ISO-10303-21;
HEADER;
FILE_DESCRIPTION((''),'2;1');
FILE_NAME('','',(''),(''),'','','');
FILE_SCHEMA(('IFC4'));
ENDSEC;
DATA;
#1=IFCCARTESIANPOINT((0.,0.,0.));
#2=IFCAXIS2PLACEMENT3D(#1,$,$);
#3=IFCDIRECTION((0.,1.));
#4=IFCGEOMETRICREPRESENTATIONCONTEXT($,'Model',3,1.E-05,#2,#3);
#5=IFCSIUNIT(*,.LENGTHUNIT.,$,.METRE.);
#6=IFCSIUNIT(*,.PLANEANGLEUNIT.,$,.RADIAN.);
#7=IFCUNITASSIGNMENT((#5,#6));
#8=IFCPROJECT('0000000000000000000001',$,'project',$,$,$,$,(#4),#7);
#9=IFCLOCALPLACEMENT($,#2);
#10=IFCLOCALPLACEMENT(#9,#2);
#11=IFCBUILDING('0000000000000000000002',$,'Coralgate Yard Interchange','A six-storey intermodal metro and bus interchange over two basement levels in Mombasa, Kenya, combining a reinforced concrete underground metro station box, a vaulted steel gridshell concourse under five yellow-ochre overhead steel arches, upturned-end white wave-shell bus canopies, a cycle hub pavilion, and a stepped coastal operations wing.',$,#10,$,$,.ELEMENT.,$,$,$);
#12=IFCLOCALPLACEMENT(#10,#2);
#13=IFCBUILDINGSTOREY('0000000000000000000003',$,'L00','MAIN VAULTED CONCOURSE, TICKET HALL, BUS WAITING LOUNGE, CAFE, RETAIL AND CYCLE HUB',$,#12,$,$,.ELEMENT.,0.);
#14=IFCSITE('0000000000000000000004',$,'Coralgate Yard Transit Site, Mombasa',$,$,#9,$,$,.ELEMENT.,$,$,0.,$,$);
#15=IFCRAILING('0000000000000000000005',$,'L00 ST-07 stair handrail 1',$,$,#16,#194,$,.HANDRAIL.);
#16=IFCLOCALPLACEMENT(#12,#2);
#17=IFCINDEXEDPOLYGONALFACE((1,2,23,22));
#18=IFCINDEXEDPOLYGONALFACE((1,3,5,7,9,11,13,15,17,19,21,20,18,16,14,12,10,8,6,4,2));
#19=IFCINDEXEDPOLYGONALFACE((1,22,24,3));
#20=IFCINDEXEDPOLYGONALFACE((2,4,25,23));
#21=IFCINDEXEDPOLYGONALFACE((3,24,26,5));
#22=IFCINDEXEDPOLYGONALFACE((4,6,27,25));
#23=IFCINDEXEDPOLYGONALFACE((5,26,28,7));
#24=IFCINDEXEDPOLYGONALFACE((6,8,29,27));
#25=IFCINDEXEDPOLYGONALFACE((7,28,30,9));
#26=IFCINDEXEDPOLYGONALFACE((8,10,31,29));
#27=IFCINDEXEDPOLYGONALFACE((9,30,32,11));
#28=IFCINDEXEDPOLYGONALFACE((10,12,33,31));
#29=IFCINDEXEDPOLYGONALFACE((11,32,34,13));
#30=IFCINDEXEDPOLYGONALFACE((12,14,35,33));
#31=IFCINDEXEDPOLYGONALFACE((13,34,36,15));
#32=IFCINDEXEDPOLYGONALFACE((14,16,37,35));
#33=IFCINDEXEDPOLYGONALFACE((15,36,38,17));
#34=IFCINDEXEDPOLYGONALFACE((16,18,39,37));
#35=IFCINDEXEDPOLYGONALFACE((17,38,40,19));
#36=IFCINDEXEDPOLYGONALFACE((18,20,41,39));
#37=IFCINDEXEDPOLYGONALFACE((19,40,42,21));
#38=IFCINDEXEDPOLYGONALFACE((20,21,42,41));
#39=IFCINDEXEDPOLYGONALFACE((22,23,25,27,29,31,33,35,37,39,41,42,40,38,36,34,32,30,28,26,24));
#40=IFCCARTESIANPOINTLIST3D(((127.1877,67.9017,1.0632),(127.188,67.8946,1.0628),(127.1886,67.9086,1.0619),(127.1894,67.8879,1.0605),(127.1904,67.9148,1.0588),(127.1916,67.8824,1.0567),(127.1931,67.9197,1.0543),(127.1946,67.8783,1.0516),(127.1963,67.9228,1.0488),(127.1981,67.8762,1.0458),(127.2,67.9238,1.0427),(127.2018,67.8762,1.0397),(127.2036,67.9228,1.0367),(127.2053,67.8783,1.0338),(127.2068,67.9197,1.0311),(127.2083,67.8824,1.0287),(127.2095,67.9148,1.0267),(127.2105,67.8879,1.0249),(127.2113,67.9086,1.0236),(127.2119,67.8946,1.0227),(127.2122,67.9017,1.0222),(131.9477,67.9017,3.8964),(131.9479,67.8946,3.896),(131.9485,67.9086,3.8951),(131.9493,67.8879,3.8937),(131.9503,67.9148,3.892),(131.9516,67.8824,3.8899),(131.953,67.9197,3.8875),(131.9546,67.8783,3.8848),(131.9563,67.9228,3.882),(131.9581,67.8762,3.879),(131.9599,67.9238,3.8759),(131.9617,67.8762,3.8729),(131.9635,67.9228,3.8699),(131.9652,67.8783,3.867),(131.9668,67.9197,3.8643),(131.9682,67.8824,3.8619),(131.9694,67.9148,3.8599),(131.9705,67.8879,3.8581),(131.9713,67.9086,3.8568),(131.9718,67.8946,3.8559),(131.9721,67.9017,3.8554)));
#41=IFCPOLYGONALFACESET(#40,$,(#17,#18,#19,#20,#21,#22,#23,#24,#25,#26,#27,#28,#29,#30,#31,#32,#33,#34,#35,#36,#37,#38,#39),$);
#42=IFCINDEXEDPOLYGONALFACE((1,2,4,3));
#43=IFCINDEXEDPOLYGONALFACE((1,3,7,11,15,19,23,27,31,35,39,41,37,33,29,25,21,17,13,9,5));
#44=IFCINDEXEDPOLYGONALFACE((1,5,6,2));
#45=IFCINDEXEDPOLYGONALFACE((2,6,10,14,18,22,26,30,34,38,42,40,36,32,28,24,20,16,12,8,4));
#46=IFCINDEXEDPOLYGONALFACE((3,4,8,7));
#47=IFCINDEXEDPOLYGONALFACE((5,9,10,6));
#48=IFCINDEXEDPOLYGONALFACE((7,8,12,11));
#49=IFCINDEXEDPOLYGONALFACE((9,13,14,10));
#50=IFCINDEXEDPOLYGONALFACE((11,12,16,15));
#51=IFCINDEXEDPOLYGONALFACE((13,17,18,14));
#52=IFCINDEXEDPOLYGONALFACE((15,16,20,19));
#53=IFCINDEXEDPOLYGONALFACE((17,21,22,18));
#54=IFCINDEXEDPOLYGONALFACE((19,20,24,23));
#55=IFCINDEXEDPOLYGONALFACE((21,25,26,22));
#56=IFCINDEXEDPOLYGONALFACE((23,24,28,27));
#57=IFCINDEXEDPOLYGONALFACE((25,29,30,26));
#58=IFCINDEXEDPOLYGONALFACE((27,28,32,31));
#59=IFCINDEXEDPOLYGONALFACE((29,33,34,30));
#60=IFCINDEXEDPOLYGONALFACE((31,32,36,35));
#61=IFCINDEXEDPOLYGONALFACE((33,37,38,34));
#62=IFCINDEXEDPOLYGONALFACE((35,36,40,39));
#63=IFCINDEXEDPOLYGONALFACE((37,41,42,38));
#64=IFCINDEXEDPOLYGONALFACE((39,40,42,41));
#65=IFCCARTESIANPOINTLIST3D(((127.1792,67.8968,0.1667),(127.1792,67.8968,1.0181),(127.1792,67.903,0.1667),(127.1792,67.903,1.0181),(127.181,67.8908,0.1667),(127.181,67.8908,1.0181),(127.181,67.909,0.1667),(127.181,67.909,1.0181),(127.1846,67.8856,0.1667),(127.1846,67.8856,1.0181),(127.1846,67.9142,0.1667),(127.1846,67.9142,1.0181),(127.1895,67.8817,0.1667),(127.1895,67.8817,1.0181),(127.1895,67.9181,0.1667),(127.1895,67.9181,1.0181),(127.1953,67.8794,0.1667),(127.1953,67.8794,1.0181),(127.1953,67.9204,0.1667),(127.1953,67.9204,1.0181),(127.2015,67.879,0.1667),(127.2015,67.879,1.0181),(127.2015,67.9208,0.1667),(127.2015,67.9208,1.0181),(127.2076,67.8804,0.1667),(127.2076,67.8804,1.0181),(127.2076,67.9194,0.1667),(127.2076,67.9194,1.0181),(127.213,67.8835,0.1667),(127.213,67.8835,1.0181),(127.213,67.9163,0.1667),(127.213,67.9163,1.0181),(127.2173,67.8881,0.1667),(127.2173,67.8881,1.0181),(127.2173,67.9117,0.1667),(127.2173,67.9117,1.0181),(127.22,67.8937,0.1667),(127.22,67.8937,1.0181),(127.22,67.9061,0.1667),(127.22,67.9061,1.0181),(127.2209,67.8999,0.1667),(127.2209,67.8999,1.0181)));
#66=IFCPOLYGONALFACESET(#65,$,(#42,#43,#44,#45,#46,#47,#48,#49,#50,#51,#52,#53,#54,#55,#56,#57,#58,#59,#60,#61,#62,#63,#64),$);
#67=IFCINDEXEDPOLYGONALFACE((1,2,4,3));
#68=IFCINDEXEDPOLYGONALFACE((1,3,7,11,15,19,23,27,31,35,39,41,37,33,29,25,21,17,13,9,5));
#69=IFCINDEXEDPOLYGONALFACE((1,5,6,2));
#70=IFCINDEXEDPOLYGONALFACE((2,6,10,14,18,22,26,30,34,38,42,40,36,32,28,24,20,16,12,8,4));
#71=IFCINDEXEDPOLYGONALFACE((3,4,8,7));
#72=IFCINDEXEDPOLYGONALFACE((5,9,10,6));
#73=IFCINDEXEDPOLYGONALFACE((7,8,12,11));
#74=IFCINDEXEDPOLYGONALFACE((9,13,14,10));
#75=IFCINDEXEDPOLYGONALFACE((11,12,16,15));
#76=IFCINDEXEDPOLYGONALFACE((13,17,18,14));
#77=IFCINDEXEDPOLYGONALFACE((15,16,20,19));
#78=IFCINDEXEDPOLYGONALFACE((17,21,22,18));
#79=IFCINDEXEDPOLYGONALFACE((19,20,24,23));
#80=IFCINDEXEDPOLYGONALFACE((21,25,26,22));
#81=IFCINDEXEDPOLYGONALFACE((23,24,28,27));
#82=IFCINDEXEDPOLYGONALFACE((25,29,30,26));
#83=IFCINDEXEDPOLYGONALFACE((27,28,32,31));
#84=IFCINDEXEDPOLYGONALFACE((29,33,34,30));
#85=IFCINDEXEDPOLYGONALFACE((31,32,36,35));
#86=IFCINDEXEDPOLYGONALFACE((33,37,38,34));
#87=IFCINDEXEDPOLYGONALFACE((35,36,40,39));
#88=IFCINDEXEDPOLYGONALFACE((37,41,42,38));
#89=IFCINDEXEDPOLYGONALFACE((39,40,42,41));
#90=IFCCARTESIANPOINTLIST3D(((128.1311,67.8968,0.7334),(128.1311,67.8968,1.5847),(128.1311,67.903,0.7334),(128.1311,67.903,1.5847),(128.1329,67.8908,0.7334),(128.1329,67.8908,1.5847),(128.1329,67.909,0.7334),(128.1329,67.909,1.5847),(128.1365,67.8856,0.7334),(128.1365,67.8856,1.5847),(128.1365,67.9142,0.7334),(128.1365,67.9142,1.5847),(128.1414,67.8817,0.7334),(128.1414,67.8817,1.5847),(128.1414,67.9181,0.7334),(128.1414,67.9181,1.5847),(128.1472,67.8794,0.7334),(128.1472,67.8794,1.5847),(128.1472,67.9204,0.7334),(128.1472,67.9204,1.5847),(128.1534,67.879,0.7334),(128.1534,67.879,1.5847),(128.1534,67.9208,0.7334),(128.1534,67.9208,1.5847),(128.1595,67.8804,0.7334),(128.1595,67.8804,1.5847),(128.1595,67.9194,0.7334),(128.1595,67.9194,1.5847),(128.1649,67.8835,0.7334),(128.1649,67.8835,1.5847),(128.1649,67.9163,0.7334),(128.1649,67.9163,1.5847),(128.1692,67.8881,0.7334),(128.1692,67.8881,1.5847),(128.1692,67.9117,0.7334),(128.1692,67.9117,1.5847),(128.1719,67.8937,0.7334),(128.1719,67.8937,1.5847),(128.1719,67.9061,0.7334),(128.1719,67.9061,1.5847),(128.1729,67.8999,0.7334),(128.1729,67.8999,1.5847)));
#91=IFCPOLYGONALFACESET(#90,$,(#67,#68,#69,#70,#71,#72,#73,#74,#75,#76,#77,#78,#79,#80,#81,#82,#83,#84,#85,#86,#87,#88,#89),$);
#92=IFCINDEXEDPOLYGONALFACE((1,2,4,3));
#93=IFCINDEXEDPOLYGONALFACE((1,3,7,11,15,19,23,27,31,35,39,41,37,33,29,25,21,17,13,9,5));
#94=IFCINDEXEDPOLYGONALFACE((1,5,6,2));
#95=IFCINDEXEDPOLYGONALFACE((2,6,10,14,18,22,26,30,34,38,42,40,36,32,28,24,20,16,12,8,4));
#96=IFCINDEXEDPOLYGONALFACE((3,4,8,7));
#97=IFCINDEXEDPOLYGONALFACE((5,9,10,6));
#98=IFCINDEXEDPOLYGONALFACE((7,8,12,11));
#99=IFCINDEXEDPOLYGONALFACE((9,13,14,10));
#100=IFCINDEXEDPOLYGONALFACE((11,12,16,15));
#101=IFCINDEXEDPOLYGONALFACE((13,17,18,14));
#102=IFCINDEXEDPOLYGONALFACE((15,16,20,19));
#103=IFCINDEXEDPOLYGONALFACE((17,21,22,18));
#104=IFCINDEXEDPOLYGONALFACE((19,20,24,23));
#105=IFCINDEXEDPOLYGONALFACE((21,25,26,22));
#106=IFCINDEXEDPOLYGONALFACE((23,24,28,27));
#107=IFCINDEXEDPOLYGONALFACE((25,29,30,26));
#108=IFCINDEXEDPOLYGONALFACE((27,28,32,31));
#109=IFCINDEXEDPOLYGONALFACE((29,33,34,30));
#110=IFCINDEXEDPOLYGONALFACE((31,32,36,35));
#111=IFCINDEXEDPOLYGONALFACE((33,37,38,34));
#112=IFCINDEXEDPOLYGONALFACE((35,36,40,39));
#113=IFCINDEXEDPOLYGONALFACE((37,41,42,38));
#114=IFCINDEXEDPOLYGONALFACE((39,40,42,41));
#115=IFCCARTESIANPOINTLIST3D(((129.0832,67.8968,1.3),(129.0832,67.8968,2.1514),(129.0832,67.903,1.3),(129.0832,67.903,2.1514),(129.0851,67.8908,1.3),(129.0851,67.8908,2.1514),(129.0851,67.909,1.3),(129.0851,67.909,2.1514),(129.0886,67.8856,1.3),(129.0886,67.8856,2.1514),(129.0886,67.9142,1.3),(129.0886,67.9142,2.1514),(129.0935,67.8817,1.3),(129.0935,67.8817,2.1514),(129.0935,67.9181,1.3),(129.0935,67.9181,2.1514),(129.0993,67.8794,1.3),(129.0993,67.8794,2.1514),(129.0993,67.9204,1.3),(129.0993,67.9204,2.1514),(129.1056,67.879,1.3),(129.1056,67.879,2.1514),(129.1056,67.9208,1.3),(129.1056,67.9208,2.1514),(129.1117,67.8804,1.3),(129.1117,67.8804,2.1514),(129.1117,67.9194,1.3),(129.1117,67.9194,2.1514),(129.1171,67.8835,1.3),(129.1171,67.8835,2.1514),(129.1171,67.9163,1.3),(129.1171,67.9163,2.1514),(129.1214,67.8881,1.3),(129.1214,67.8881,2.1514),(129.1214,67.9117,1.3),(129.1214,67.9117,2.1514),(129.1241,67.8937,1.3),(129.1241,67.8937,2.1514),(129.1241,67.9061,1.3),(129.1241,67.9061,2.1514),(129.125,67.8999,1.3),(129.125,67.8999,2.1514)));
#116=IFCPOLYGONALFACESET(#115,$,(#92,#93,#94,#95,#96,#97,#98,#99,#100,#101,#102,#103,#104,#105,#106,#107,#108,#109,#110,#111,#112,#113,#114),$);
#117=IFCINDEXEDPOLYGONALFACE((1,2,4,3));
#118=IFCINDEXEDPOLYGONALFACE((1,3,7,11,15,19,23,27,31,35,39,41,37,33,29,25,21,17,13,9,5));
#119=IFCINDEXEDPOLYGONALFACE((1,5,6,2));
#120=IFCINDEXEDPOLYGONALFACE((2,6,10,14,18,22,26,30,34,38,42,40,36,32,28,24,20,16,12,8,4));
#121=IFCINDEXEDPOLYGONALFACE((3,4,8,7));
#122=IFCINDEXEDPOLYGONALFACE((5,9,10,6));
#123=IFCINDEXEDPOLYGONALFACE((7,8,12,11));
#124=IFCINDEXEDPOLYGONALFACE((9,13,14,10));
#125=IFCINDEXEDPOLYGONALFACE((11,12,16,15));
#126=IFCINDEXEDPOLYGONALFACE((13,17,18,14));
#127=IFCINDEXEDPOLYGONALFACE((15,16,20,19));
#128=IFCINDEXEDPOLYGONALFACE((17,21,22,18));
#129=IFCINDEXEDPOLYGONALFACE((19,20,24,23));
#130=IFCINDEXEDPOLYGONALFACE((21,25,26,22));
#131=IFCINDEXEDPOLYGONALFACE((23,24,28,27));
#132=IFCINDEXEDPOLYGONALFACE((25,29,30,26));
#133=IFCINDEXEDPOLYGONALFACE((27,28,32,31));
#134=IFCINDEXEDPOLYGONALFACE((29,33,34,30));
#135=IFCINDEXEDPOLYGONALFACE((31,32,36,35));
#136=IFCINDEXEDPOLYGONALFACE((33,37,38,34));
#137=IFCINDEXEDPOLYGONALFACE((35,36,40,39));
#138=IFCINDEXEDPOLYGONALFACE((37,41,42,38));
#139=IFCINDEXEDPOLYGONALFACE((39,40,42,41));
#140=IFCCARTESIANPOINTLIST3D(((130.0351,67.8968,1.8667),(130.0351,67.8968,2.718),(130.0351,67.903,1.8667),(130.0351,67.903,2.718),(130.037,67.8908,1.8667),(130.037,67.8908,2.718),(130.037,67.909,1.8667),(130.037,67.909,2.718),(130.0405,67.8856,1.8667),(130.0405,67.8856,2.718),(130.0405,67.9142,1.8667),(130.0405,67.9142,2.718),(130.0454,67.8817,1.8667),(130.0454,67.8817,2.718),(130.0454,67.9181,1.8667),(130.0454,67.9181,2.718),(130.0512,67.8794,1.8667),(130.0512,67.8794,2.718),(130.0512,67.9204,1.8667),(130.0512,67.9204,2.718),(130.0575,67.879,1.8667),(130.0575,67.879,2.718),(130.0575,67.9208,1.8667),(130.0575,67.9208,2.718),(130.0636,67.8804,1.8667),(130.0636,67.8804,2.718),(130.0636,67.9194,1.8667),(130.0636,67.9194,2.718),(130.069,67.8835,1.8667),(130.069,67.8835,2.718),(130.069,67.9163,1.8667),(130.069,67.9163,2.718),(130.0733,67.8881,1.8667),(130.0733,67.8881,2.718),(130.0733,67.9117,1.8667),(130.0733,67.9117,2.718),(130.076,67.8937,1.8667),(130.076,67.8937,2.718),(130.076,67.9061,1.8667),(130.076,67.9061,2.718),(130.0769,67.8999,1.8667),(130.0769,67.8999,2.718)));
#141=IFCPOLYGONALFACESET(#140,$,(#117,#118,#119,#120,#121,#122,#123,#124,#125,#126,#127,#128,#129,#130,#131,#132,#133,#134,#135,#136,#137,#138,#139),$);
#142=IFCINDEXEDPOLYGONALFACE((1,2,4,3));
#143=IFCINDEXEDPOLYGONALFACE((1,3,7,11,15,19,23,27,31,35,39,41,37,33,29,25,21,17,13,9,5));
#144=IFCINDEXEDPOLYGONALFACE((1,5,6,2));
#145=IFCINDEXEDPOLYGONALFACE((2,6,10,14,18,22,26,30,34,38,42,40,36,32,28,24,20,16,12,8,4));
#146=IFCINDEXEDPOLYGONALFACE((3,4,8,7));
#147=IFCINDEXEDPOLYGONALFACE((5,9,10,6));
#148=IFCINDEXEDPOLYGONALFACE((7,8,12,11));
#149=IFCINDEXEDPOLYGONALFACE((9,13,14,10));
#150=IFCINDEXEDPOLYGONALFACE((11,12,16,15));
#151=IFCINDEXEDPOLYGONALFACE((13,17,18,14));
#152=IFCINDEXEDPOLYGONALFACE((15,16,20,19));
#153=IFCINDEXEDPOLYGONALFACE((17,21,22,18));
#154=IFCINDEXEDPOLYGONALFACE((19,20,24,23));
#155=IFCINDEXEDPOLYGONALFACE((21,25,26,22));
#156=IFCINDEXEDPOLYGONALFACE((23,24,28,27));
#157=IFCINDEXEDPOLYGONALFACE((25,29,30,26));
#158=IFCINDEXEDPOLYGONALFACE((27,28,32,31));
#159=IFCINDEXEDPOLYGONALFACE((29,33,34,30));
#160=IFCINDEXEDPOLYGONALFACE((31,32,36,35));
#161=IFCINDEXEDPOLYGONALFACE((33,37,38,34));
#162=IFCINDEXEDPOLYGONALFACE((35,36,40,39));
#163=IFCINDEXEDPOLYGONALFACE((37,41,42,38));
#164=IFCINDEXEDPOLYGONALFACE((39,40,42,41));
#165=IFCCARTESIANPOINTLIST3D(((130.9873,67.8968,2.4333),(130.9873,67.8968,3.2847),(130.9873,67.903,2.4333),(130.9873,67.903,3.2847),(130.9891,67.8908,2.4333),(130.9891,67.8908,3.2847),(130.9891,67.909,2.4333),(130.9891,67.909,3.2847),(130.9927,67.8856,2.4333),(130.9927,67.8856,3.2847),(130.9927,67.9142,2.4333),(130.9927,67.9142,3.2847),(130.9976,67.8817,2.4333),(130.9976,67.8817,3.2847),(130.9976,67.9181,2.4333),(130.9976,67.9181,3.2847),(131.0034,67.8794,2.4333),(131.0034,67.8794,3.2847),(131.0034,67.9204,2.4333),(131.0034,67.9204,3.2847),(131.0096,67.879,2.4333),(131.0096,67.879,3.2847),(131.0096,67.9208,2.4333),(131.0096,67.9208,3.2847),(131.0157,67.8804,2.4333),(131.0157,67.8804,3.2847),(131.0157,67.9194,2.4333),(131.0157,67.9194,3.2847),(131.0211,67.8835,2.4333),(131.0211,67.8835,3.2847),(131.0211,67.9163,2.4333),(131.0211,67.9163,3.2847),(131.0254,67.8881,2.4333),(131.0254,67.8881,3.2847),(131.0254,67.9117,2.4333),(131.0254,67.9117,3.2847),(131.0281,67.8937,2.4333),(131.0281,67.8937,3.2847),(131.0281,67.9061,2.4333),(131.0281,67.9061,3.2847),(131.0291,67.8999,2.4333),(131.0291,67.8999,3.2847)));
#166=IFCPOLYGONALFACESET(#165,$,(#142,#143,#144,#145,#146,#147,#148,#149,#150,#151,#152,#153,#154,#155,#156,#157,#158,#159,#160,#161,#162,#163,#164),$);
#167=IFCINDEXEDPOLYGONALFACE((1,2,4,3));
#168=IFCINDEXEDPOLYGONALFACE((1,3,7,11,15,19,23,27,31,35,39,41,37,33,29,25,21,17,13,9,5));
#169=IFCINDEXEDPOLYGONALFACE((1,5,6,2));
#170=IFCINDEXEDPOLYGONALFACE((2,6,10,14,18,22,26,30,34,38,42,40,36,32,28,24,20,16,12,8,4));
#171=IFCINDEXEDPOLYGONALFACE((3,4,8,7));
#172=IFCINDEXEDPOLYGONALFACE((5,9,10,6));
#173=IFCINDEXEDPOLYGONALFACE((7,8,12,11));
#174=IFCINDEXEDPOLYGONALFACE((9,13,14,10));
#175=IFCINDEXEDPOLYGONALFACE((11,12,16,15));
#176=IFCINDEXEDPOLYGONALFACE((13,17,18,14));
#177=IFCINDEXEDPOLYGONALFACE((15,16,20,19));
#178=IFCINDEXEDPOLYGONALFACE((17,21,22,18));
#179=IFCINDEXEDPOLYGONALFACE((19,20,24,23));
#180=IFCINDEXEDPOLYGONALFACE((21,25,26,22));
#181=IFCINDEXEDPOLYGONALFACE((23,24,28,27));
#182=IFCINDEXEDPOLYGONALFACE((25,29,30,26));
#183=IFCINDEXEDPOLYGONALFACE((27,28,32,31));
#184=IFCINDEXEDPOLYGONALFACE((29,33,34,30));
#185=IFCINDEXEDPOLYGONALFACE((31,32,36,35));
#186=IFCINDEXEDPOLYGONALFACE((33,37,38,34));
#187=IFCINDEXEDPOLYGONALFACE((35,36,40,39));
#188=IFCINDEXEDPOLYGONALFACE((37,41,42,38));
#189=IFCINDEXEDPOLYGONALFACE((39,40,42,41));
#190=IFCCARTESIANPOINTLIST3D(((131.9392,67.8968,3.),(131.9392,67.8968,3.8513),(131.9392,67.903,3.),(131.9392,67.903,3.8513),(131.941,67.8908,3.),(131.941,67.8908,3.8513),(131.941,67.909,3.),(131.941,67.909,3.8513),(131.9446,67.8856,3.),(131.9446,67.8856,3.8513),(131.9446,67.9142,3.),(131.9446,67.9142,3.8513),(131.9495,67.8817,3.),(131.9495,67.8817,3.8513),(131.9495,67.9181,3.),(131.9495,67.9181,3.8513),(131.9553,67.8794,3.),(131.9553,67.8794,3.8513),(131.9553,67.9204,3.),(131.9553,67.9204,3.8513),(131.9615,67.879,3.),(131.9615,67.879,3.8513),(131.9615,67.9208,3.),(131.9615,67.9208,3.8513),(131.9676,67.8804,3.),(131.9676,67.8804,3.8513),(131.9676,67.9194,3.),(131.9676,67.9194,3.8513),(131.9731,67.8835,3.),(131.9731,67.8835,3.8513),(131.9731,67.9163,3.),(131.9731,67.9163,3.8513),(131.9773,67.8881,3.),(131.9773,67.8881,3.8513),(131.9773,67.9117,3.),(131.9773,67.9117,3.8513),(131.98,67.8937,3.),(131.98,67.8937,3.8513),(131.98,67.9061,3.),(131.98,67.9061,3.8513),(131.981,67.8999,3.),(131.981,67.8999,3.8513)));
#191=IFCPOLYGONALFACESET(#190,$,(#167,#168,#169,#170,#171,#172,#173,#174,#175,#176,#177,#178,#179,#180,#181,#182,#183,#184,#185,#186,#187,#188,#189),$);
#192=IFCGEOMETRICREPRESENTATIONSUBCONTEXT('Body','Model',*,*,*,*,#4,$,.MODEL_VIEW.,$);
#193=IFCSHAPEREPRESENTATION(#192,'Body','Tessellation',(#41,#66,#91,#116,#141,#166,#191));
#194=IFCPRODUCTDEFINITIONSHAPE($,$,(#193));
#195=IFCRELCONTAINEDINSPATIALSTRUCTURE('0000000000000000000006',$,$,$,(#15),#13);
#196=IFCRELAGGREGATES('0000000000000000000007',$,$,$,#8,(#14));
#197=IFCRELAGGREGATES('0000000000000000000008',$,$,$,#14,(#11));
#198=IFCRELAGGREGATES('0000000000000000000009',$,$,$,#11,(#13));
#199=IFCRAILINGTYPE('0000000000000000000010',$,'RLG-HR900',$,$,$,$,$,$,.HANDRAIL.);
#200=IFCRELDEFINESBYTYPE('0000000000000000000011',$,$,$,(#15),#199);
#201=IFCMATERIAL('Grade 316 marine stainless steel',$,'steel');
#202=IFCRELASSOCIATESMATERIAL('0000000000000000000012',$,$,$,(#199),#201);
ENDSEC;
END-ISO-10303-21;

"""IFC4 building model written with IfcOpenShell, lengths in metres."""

from ifc_helpers import new_model, si_unit, direction, frame, origin, origin_2d, place, context, subcontext, project, spatial, circle, extrude, material, type_object, element, save


model = new_model("IFC4")

# Units and contexts
model_context = context("Model", 3, precision=1e-05, world=origin(), true_north=direction((0.0, 1.0)))
body_context = subcontext(model_context, "Body", "Model", "MODEL_VIEW")
ifc_project = project(units=[si_unit("LENGTHUNIT", "METRE"), si_unit("PLANEANGLEUNIT", "RADIAN")], contexts=[model_context])

# Site, building, storey
site_placement = place(None, origin())
site = spatial("IfcSite", under=ifc_project, at=site_placement, Name="Coralgate Yard Transit Site, Mombasa", CompositionType="ELEMENT", RefElevation=0.0)
building_placement = place(site_placement, origin())
building = spatial("IfcBuilding", under=site, at=building_placement, Name="Coralgate Yard Interchange", Description="A six-storey intermodal metro and bus interchange over two basement levels in Mombasa, Kenya, combining a reinforced concrete underground metro station box, a vaulted steel gridshell concourse under five yellow-ochre overhead steel arches, upturned-end white wave-shell bus canopies, a cycle hub pavilion, and a stepped coastal operations wing.", CompositionType="ELEMENT")
storey_placement = place(building_placement, origin())
storey = spatial("IfcBuildingStorey", under=building, at=storey_placement, Name="L00", Description="MAIN VAULTED CONCOURSE, TICKET HALL, BUS WAITING LOUNGE, CAFE, RETAIL AND CYCLE HUB", CompositionType="ELEMENT", Elevation=0.0)

# Railing
ifc_material_1 = material(Name="Grade 316 marine stainless steel", Category="steel")
railing_type_1 = type_object("IfcRailingType", Name="RLG-HR900", PredefinedType="HANDRAIL", material=ifc_material_1)
railing_1_placement = place(storey_placement, frame((127.2, 67.8999, 0.1667)))
element("IfcRailing", 1, at=railing_1_placement, inside=storey, type_object=railing_type_1, Name="L00 ST-07 stair handrail 1", PredefinedType="HANDRAIL", context=body_context, shape_type="SweptSolid", body=[
    extrude(circle(Radius=0.0239, at=origin_2d()), frame((0.0, 0.0, 0.876), z_axis=(0.8593, 0.0, 0.511472), x_axis=(0.0, 1.0, 0.0)), (0.0, 0.0, 1.0), 5.5393),
    extrude(circle(Radius=0.021, at=origin_2d()), origin(), (0.0, 0.0, 1.0), 0.8513),
    extrude(circle(Radius=0.021, at=origin_2d()), frame((0.9519, 0.0, 0.5667)), (0.0, 0.0, 1.0), 0.8513),
    extrude(circle(Radius=0.021, at=origin_2d()), frame((1.9041, 0.0, 1.1333)), (0.0, 0.0, 1.0), 0.8513),
    extrude(circle(Radius=0.021, at=origin_2d()), frame((2.856, 0.0, 1.7)), (0.0, 0.0, 1.0), 0.8513),
    extrude(circle(Radius=0.021, at=origin_2d()), frame((3.8081, 0.0, 2.2666)), (0.0, 0.0, 1.0), 0.8513),
    extrude(circle(Radius=0.021, at=origin_2d()), frame((4.76, 0.0, 2.8333)), (0.0, 0.0, 1.0), 0.8513),
])

save(model, "model.ifc")
